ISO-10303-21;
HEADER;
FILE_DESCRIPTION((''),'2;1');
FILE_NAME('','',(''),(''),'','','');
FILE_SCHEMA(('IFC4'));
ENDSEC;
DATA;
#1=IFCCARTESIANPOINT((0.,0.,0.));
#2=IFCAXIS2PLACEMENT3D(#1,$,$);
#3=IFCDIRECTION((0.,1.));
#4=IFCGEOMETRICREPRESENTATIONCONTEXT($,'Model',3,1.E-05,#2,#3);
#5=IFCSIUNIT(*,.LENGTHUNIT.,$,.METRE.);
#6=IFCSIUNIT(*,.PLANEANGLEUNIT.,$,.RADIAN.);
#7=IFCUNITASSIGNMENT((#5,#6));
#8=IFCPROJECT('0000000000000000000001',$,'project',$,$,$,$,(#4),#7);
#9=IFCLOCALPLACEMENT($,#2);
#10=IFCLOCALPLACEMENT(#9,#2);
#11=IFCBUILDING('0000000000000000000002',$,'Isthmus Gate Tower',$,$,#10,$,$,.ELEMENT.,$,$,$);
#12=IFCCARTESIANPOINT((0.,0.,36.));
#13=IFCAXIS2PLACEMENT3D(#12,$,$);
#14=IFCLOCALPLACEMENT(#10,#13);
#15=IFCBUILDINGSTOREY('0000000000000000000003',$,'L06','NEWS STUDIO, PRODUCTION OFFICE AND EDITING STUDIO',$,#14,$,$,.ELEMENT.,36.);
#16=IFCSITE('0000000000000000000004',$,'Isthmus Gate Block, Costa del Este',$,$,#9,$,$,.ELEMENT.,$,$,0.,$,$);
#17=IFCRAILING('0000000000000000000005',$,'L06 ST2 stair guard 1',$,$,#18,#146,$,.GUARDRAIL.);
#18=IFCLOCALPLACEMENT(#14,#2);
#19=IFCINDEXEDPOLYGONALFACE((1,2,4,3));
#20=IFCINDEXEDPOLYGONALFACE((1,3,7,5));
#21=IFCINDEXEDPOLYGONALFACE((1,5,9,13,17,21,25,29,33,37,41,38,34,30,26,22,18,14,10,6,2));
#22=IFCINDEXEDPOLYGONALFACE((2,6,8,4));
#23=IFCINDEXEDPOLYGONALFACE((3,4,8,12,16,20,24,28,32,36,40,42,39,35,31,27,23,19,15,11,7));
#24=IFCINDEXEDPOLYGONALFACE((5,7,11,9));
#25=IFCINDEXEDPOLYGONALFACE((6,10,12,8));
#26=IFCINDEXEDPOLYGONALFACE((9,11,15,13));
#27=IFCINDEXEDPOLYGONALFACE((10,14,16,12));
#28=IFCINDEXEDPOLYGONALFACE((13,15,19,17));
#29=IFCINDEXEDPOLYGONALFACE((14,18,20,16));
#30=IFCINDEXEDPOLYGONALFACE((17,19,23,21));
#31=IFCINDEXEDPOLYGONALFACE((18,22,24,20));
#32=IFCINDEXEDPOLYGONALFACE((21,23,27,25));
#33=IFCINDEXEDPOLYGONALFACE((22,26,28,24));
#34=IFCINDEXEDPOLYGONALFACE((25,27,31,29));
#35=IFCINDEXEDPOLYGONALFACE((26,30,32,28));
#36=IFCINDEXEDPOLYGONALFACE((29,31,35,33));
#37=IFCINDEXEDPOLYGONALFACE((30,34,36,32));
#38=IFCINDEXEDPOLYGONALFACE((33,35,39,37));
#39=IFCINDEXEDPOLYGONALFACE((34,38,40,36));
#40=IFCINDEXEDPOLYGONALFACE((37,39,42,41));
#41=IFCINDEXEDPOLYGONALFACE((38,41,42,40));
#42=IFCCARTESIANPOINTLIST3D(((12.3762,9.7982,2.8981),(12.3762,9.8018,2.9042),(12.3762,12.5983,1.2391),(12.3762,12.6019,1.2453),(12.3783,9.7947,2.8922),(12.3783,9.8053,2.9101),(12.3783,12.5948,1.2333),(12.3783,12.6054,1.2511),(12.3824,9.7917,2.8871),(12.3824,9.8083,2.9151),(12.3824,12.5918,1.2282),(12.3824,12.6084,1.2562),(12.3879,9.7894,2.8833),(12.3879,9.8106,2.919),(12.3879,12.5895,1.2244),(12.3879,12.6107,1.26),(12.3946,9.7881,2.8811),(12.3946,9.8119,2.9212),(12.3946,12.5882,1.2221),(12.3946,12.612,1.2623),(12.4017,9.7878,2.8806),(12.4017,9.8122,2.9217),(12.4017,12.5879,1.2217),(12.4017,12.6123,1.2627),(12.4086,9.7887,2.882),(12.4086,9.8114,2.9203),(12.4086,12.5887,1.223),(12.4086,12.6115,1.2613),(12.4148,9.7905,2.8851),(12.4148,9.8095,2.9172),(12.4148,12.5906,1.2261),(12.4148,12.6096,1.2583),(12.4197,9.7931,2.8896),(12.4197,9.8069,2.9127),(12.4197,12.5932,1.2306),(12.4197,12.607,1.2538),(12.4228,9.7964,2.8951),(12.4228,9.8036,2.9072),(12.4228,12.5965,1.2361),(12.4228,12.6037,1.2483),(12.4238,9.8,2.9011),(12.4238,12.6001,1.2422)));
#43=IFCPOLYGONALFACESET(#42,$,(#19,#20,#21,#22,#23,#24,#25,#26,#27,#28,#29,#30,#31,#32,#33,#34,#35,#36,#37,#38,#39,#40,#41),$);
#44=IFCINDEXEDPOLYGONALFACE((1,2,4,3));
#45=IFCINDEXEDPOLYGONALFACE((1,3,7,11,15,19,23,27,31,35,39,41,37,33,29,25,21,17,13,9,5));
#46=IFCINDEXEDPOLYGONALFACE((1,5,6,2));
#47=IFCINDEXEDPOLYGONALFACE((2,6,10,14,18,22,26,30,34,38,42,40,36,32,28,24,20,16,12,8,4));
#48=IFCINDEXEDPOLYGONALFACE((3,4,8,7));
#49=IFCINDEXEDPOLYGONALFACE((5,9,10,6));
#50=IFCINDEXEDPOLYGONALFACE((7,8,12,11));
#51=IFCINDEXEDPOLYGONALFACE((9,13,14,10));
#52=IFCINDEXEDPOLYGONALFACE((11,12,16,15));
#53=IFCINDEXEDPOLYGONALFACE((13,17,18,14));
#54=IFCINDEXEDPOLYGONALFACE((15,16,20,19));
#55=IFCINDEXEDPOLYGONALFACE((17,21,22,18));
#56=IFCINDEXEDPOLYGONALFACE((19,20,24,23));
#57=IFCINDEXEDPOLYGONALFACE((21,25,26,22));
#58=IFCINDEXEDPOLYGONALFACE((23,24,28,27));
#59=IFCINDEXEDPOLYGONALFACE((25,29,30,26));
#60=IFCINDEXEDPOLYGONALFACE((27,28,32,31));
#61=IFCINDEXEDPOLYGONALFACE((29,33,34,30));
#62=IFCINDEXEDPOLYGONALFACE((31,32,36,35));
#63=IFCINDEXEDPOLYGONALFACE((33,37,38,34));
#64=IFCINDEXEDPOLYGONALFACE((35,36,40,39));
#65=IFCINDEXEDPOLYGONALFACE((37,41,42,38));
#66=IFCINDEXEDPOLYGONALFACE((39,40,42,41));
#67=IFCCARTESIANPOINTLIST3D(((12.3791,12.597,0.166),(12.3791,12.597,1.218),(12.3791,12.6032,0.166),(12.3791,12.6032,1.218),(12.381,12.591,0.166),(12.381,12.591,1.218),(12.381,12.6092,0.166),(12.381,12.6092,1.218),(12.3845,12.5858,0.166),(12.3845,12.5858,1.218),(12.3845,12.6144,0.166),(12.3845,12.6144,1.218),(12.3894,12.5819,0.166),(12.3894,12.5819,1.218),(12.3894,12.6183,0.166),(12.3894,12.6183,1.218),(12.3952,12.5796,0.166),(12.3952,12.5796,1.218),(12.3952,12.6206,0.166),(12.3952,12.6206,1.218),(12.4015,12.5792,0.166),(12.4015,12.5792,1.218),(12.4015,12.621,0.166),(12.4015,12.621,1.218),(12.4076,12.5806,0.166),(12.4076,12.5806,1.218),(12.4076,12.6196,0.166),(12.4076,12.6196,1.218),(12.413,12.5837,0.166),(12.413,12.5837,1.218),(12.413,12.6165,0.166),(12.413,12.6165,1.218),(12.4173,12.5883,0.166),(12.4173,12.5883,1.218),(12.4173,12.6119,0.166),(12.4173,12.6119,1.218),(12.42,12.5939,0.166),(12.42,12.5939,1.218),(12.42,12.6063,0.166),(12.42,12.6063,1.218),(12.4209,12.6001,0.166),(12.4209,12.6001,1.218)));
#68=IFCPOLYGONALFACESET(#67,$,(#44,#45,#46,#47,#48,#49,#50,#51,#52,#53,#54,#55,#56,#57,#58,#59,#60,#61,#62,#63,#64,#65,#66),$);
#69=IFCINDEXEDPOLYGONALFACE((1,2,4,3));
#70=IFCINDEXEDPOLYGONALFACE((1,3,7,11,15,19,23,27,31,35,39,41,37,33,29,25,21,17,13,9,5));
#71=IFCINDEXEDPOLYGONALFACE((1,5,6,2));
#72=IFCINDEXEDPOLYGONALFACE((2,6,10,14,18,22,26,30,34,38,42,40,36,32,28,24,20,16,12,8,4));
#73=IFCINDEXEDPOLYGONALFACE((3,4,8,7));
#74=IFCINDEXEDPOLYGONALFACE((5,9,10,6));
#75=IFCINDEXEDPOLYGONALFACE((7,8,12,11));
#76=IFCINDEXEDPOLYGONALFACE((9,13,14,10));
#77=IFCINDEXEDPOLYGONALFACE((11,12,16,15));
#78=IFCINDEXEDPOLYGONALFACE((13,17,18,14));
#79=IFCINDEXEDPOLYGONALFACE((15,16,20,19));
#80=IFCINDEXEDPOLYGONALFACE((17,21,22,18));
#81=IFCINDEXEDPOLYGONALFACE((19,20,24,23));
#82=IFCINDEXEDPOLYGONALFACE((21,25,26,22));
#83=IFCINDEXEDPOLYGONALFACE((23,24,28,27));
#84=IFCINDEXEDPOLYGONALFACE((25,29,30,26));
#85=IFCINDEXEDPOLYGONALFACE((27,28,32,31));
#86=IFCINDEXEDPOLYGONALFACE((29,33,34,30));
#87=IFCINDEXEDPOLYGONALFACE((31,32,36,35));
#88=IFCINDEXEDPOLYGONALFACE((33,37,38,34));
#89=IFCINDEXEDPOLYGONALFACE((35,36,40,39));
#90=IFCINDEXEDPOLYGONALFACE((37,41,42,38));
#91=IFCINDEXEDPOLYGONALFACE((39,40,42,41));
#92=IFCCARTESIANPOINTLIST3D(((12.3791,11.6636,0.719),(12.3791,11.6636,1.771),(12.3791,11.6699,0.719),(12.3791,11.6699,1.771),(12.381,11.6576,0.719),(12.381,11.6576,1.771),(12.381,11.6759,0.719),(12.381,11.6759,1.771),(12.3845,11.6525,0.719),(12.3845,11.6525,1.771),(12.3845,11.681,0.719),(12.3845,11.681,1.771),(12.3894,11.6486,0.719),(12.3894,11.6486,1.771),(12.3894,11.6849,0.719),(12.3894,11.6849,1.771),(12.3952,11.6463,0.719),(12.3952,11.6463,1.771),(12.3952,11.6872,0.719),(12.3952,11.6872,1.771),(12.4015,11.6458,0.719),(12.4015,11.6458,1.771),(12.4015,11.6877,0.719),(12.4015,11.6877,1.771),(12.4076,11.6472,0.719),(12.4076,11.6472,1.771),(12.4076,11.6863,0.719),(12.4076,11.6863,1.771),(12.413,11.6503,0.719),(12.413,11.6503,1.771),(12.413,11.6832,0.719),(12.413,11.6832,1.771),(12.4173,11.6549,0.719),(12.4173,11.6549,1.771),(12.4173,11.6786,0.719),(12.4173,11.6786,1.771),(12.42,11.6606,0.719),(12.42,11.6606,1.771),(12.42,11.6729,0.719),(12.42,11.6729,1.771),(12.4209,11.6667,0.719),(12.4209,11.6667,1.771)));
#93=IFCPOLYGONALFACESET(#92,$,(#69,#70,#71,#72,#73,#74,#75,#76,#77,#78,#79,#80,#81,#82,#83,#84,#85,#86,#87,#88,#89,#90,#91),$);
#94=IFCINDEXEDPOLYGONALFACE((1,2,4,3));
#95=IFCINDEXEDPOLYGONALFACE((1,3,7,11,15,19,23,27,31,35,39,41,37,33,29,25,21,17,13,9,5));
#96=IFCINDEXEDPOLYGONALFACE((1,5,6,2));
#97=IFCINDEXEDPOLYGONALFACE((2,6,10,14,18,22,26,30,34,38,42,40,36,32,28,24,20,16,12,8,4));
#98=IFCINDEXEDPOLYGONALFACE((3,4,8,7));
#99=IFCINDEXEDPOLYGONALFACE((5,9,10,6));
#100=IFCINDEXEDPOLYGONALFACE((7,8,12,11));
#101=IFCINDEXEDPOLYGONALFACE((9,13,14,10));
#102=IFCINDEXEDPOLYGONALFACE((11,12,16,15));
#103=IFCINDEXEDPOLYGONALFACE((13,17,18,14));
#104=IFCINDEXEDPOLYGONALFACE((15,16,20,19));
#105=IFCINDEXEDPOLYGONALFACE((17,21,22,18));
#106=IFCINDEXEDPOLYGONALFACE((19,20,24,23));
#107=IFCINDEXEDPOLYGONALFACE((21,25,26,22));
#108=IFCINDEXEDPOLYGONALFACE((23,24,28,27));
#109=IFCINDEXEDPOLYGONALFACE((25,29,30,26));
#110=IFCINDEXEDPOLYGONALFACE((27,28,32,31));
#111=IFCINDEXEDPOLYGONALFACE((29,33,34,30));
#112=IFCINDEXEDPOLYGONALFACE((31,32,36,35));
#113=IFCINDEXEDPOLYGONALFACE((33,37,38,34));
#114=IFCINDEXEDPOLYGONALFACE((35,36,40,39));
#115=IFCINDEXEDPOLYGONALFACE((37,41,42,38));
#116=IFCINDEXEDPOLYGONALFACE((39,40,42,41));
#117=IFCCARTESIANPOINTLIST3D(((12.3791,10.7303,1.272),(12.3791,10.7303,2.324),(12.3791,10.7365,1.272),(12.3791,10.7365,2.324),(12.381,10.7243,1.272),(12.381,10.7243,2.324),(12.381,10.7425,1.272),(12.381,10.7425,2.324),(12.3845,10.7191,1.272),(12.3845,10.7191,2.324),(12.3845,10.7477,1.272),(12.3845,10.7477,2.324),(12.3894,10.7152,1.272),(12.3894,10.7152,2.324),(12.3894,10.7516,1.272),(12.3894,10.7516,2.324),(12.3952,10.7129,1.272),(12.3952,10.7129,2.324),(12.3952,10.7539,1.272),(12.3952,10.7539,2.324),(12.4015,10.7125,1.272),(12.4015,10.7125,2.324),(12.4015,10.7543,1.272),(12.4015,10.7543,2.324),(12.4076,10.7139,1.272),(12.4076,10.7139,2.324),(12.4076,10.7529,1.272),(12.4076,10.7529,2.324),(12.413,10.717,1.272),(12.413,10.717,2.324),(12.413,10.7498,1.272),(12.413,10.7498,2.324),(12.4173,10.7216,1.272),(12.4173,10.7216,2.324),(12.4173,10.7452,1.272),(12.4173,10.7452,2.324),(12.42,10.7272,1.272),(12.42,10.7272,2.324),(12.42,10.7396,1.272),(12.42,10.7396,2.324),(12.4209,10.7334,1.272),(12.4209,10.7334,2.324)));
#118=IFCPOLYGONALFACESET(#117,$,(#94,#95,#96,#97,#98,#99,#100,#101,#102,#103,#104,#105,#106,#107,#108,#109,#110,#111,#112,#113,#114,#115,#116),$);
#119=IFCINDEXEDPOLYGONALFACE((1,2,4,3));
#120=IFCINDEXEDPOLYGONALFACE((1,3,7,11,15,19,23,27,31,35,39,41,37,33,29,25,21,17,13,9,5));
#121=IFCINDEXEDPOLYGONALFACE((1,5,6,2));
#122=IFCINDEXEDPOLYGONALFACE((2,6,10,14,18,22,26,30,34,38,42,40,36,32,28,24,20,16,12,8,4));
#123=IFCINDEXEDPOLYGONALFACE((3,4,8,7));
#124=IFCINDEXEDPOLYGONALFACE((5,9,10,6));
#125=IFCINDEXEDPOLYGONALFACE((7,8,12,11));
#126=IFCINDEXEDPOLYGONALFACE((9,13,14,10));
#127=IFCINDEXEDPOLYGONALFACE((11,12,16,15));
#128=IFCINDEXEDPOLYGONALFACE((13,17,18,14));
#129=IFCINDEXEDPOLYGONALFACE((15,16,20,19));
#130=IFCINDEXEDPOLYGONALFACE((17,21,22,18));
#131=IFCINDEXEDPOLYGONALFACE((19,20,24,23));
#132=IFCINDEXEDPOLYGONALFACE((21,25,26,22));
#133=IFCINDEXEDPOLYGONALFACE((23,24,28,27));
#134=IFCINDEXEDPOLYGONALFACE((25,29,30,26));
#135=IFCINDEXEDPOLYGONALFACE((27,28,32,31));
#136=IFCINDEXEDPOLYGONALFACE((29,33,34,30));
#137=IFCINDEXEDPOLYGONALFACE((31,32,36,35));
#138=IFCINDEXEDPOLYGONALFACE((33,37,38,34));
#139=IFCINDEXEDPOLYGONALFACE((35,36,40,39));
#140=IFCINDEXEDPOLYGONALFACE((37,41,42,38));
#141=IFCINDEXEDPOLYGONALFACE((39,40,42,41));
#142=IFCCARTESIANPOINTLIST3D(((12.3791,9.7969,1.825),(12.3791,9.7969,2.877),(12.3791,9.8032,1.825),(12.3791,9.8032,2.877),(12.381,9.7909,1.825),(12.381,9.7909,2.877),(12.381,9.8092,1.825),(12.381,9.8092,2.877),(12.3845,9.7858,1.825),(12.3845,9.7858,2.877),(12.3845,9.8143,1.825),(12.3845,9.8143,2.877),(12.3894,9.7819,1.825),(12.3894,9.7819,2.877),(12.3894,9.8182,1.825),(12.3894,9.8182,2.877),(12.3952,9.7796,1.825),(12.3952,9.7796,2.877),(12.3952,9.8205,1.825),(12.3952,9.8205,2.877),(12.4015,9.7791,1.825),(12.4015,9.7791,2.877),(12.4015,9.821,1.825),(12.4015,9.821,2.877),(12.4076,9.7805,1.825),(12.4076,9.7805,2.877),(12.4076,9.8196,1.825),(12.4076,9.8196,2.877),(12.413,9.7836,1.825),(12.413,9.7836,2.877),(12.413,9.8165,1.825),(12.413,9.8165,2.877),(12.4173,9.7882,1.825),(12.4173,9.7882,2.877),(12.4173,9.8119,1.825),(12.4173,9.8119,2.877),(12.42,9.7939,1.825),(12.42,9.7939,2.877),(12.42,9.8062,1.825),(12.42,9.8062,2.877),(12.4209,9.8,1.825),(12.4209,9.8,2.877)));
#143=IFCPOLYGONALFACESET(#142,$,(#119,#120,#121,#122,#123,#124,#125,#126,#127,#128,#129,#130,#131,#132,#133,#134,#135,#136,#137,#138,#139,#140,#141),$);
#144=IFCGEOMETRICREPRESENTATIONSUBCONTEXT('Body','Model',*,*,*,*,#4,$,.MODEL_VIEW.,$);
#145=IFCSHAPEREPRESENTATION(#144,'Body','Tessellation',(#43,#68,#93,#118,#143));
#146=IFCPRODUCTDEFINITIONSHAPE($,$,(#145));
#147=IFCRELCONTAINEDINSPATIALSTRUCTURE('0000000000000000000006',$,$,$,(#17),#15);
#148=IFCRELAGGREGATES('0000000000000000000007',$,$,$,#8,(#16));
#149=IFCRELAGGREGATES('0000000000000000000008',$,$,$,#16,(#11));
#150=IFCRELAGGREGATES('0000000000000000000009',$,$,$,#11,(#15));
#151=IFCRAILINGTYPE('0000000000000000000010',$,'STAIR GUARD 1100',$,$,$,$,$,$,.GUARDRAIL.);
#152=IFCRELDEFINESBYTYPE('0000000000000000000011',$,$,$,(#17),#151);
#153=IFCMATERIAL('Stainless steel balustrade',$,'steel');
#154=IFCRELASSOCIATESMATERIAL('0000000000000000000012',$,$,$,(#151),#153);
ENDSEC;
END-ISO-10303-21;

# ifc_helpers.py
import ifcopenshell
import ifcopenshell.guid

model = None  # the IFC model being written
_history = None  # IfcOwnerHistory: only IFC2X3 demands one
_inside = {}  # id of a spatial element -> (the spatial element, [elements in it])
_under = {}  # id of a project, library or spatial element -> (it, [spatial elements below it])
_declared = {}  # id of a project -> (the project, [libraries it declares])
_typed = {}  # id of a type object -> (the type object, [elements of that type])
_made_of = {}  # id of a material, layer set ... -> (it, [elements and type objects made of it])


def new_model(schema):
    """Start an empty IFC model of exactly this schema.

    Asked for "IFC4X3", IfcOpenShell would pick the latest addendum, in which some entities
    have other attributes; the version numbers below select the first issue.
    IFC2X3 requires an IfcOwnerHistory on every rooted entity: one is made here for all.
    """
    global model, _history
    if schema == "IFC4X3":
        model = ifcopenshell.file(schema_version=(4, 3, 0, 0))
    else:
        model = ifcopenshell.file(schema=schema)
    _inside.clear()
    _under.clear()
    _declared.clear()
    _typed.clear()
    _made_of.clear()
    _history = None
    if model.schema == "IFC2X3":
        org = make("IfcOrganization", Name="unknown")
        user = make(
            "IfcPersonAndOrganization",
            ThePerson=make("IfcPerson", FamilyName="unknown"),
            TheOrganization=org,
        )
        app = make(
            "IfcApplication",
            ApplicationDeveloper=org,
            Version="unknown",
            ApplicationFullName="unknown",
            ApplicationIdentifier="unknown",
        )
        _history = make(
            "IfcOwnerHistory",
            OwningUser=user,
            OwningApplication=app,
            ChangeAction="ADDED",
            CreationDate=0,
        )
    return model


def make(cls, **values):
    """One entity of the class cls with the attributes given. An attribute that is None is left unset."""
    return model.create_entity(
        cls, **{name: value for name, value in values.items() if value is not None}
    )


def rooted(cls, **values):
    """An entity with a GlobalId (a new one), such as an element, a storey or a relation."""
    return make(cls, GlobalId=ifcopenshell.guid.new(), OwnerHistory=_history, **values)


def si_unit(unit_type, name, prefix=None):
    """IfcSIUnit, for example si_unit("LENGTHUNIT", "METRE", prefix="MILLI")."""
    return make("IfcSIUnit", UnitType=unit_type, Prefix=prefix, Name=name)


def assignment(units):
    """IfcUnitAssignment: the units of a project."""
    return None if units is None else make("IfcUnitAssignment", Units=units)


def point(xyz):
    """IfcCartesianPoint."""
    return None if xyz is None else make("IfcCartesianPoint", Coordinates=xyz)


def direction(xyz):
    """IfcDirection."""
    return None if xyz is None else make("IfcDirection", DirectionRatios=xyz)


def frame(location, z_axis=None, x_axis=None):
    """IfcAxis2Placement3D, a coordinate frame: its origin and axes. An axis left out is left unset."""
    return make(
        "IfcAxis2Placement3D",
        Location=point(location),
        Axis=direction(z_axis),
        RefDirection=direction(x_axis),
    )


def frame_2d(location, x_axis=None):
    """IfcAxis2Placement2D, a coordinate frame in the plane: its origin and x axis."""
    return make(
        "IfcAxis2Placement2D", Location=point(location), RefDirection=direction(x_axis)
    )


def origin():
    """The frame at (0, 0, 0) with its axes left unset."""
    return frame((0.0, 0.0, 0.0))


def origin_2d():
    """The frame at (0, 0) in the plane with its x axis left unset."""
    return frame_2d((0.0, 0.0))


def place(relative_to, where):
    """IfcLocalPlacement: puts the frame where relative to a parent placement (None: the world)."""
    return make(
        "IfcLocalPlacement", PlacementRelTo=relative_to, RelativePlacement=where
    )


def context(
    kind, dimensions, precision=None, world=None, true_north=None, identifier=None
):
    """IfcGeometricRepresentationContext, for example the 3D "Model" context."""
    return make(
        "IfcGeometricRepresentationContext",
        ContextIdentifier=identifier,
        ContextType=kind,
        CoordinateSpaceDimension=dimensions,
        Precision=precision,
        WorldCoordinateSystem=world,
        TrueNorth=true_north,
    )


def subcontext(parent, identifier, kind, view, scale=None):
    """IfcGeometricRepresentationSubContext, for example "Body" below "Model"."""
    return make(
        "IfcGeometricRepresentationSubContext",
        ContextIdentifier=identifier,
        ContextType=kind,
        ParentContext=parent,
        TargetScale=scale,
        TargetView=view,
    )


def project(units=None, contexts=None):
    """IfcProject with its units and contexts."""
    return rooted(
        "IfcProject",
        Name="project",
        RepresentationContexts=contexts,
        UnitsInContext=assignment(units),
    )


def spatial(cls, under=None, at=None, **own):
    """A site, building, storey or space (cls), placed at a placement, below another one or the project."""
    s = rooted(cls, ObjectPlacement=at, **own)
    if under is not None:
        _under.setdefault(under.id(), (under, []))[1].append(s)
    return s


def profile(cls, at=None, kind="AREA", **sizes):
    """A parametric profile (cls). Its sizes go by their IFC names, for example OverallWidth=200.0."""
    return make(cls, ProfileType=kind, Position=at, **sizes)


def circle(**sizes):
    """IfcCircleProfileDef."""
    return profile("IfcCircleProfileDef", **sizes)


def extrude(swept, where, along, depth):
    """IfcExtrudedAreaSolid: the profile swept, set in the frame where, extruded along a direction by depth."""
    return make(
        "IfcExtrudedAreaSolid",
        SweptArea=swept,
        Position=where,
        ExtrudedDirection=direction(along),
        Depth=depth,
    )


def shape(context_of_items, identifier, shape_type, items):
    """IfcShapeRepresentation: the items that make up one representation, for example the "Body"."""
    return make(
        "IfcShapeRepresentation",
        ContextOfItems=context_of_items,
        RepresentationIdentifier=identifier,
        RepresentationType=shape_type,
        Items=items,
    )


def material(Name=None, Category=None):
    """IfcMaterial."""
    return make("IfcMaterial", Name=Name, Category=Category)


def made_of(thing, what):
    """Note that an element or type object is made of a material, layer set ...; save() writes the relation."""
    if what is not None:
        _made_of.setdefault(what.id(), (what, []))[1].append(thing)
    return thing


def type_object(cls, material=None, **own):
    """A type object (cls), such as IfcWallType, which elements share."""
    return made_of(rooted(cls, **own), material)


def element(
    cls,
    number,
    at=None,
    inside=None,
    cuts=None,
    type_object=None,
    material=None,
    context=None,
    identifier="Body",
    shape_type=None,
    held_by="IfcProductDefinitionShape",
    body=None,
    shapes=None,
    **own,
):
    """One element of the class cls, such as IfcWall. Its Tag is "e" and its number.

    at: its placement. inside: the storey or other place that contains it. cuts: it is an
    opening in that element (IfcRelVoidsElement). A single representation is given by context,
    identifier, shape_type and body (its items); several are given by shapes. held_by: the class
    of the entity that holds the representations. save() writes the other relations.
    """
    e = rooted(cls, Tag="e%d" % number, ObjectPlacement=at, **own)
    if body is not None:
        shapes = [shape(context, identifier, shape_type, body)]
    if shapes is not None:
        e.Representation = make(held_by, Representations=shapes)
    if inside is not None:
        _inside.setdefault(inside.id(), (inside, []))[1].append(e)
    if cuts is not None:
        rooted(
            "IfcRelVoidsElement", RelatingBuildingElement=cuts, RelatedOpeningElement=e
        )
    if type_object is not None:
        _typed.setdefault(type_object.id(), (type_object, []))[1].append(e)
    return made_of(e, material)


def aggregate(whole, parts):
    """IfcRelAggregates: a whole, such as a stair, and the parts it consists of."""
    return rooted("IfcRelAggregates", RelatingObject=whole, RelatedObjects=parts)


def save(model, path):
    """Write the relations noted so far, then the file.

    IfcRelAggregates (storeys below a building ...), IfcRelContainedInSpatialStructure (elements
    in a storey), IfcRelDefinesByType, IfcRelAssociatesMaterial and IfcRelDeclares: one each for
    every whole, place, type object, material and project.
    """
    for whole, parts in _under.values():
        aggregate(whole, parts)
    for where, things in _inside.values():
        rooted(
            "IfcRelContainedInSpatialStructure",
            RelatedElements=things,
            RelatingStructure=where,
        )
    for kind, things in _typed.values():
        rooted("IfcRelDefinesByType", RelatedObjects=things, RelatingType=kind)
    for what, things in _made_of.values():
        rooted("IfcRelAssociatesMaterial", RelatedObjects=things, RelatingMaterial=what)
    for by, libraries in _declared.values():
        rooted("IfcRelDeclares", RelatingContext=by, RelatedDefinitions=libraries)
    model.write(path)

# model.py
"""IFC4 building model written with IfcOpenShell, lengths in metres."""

from ifc_helpers import new_model, si_unit, direction, frame, origin, origin_2d, place, context, subcontext, project, spatial, circle, extrude, material, type_object, element, save


model = new_model("IFC4")

# Units and contexts
model_context = context("Model", 3, precision=1e-05, world=origin(), true_north=direction((0.0, 1.0)))
body_context = subcontext(model_context, "Body", "Model", "MODEL_VIEW")
ifc_project = project(units=[si_unit("LENGTHUNIT", "METRE"), si_unit("PLANEANGLEUNIT", "RADIAN")], contexts=[model_context])

# Site, building, storey
site_placement = place(None, origin())
site = spatial("IfcSite", under=ifc_project, at=site_placement, Name="Isthmus Gate Block, Costa del Este", CompositionType="ELEMENT", RefElevation=0.0)
building_placement = place(site_placement, origin())
building = spatial("IfcBuilding", under=site, at=building_placement, Name="Isthmus Gate Tower", CompositionType="ELEMENT")
storey_placement = place(building_placement, frame((0.0, 0.0, 36.0)))
storey = spatial("IfcBuildingStorey", under=building, at=storey_placement, Name="L06", Description="NEWS STUDIO, PRODUCTION OFFICE AND EDITING STUDIO", CompositionType="ELEMENT", Elevation=36.0)

# Railing
ifc_material_1 = material(Name="Stainless steel balustrade", Category="steel")
railing_type_1 = type_object("IfcRailingType", Name="STAIR GUARD 1100", PredefinedType="GUARDRAIL", material=ifc_material_1)
railing_1_placement = place(storey_placement, frame((12.3999, 12.6001, 0.166)))
element("IfcRailing", 1, at=railing_1_placement, inside=storey, type_object=railing_type_1, Name="L06 ST2 stair guard 1", PredefinedType="GUARDRAIL", context=body_context, shape_type="SweptSolid", body=[
    extrude(circle(Radius=0.0239, at=origin_2d()), frame((0.0, 0.0, 1.0762), z_axis=(0.0, -0.860339, 0.509722), x_axis=(1.0, 0.0, 0.0)), (0.0, 0.0, 1.0), 3.2546),
    extrude(circle(Radius=0.021, at=origin_2d()), origin(), (0.0, 0.0, 1.0), 1.052),
    extrude(circle(Radius=0.021, at=origin_2d()), frame((0.0, -0.9333, 0.553)), (0.0, 0.0, 1.0), 1.052),
    extrude(circle(Radius=0.021, at=origin_2d()), frame((0.0, -1.8667, 1.106)), (0.0, 0.0, 1.0), 1.052),
    extrude(circle(Radius=0.021, at=origin_2d()), frame((0.0, -2.8, 1.6589)), (0.0, 0.0, 1.0), 1.052),
])

save(model, "model.ifc")
